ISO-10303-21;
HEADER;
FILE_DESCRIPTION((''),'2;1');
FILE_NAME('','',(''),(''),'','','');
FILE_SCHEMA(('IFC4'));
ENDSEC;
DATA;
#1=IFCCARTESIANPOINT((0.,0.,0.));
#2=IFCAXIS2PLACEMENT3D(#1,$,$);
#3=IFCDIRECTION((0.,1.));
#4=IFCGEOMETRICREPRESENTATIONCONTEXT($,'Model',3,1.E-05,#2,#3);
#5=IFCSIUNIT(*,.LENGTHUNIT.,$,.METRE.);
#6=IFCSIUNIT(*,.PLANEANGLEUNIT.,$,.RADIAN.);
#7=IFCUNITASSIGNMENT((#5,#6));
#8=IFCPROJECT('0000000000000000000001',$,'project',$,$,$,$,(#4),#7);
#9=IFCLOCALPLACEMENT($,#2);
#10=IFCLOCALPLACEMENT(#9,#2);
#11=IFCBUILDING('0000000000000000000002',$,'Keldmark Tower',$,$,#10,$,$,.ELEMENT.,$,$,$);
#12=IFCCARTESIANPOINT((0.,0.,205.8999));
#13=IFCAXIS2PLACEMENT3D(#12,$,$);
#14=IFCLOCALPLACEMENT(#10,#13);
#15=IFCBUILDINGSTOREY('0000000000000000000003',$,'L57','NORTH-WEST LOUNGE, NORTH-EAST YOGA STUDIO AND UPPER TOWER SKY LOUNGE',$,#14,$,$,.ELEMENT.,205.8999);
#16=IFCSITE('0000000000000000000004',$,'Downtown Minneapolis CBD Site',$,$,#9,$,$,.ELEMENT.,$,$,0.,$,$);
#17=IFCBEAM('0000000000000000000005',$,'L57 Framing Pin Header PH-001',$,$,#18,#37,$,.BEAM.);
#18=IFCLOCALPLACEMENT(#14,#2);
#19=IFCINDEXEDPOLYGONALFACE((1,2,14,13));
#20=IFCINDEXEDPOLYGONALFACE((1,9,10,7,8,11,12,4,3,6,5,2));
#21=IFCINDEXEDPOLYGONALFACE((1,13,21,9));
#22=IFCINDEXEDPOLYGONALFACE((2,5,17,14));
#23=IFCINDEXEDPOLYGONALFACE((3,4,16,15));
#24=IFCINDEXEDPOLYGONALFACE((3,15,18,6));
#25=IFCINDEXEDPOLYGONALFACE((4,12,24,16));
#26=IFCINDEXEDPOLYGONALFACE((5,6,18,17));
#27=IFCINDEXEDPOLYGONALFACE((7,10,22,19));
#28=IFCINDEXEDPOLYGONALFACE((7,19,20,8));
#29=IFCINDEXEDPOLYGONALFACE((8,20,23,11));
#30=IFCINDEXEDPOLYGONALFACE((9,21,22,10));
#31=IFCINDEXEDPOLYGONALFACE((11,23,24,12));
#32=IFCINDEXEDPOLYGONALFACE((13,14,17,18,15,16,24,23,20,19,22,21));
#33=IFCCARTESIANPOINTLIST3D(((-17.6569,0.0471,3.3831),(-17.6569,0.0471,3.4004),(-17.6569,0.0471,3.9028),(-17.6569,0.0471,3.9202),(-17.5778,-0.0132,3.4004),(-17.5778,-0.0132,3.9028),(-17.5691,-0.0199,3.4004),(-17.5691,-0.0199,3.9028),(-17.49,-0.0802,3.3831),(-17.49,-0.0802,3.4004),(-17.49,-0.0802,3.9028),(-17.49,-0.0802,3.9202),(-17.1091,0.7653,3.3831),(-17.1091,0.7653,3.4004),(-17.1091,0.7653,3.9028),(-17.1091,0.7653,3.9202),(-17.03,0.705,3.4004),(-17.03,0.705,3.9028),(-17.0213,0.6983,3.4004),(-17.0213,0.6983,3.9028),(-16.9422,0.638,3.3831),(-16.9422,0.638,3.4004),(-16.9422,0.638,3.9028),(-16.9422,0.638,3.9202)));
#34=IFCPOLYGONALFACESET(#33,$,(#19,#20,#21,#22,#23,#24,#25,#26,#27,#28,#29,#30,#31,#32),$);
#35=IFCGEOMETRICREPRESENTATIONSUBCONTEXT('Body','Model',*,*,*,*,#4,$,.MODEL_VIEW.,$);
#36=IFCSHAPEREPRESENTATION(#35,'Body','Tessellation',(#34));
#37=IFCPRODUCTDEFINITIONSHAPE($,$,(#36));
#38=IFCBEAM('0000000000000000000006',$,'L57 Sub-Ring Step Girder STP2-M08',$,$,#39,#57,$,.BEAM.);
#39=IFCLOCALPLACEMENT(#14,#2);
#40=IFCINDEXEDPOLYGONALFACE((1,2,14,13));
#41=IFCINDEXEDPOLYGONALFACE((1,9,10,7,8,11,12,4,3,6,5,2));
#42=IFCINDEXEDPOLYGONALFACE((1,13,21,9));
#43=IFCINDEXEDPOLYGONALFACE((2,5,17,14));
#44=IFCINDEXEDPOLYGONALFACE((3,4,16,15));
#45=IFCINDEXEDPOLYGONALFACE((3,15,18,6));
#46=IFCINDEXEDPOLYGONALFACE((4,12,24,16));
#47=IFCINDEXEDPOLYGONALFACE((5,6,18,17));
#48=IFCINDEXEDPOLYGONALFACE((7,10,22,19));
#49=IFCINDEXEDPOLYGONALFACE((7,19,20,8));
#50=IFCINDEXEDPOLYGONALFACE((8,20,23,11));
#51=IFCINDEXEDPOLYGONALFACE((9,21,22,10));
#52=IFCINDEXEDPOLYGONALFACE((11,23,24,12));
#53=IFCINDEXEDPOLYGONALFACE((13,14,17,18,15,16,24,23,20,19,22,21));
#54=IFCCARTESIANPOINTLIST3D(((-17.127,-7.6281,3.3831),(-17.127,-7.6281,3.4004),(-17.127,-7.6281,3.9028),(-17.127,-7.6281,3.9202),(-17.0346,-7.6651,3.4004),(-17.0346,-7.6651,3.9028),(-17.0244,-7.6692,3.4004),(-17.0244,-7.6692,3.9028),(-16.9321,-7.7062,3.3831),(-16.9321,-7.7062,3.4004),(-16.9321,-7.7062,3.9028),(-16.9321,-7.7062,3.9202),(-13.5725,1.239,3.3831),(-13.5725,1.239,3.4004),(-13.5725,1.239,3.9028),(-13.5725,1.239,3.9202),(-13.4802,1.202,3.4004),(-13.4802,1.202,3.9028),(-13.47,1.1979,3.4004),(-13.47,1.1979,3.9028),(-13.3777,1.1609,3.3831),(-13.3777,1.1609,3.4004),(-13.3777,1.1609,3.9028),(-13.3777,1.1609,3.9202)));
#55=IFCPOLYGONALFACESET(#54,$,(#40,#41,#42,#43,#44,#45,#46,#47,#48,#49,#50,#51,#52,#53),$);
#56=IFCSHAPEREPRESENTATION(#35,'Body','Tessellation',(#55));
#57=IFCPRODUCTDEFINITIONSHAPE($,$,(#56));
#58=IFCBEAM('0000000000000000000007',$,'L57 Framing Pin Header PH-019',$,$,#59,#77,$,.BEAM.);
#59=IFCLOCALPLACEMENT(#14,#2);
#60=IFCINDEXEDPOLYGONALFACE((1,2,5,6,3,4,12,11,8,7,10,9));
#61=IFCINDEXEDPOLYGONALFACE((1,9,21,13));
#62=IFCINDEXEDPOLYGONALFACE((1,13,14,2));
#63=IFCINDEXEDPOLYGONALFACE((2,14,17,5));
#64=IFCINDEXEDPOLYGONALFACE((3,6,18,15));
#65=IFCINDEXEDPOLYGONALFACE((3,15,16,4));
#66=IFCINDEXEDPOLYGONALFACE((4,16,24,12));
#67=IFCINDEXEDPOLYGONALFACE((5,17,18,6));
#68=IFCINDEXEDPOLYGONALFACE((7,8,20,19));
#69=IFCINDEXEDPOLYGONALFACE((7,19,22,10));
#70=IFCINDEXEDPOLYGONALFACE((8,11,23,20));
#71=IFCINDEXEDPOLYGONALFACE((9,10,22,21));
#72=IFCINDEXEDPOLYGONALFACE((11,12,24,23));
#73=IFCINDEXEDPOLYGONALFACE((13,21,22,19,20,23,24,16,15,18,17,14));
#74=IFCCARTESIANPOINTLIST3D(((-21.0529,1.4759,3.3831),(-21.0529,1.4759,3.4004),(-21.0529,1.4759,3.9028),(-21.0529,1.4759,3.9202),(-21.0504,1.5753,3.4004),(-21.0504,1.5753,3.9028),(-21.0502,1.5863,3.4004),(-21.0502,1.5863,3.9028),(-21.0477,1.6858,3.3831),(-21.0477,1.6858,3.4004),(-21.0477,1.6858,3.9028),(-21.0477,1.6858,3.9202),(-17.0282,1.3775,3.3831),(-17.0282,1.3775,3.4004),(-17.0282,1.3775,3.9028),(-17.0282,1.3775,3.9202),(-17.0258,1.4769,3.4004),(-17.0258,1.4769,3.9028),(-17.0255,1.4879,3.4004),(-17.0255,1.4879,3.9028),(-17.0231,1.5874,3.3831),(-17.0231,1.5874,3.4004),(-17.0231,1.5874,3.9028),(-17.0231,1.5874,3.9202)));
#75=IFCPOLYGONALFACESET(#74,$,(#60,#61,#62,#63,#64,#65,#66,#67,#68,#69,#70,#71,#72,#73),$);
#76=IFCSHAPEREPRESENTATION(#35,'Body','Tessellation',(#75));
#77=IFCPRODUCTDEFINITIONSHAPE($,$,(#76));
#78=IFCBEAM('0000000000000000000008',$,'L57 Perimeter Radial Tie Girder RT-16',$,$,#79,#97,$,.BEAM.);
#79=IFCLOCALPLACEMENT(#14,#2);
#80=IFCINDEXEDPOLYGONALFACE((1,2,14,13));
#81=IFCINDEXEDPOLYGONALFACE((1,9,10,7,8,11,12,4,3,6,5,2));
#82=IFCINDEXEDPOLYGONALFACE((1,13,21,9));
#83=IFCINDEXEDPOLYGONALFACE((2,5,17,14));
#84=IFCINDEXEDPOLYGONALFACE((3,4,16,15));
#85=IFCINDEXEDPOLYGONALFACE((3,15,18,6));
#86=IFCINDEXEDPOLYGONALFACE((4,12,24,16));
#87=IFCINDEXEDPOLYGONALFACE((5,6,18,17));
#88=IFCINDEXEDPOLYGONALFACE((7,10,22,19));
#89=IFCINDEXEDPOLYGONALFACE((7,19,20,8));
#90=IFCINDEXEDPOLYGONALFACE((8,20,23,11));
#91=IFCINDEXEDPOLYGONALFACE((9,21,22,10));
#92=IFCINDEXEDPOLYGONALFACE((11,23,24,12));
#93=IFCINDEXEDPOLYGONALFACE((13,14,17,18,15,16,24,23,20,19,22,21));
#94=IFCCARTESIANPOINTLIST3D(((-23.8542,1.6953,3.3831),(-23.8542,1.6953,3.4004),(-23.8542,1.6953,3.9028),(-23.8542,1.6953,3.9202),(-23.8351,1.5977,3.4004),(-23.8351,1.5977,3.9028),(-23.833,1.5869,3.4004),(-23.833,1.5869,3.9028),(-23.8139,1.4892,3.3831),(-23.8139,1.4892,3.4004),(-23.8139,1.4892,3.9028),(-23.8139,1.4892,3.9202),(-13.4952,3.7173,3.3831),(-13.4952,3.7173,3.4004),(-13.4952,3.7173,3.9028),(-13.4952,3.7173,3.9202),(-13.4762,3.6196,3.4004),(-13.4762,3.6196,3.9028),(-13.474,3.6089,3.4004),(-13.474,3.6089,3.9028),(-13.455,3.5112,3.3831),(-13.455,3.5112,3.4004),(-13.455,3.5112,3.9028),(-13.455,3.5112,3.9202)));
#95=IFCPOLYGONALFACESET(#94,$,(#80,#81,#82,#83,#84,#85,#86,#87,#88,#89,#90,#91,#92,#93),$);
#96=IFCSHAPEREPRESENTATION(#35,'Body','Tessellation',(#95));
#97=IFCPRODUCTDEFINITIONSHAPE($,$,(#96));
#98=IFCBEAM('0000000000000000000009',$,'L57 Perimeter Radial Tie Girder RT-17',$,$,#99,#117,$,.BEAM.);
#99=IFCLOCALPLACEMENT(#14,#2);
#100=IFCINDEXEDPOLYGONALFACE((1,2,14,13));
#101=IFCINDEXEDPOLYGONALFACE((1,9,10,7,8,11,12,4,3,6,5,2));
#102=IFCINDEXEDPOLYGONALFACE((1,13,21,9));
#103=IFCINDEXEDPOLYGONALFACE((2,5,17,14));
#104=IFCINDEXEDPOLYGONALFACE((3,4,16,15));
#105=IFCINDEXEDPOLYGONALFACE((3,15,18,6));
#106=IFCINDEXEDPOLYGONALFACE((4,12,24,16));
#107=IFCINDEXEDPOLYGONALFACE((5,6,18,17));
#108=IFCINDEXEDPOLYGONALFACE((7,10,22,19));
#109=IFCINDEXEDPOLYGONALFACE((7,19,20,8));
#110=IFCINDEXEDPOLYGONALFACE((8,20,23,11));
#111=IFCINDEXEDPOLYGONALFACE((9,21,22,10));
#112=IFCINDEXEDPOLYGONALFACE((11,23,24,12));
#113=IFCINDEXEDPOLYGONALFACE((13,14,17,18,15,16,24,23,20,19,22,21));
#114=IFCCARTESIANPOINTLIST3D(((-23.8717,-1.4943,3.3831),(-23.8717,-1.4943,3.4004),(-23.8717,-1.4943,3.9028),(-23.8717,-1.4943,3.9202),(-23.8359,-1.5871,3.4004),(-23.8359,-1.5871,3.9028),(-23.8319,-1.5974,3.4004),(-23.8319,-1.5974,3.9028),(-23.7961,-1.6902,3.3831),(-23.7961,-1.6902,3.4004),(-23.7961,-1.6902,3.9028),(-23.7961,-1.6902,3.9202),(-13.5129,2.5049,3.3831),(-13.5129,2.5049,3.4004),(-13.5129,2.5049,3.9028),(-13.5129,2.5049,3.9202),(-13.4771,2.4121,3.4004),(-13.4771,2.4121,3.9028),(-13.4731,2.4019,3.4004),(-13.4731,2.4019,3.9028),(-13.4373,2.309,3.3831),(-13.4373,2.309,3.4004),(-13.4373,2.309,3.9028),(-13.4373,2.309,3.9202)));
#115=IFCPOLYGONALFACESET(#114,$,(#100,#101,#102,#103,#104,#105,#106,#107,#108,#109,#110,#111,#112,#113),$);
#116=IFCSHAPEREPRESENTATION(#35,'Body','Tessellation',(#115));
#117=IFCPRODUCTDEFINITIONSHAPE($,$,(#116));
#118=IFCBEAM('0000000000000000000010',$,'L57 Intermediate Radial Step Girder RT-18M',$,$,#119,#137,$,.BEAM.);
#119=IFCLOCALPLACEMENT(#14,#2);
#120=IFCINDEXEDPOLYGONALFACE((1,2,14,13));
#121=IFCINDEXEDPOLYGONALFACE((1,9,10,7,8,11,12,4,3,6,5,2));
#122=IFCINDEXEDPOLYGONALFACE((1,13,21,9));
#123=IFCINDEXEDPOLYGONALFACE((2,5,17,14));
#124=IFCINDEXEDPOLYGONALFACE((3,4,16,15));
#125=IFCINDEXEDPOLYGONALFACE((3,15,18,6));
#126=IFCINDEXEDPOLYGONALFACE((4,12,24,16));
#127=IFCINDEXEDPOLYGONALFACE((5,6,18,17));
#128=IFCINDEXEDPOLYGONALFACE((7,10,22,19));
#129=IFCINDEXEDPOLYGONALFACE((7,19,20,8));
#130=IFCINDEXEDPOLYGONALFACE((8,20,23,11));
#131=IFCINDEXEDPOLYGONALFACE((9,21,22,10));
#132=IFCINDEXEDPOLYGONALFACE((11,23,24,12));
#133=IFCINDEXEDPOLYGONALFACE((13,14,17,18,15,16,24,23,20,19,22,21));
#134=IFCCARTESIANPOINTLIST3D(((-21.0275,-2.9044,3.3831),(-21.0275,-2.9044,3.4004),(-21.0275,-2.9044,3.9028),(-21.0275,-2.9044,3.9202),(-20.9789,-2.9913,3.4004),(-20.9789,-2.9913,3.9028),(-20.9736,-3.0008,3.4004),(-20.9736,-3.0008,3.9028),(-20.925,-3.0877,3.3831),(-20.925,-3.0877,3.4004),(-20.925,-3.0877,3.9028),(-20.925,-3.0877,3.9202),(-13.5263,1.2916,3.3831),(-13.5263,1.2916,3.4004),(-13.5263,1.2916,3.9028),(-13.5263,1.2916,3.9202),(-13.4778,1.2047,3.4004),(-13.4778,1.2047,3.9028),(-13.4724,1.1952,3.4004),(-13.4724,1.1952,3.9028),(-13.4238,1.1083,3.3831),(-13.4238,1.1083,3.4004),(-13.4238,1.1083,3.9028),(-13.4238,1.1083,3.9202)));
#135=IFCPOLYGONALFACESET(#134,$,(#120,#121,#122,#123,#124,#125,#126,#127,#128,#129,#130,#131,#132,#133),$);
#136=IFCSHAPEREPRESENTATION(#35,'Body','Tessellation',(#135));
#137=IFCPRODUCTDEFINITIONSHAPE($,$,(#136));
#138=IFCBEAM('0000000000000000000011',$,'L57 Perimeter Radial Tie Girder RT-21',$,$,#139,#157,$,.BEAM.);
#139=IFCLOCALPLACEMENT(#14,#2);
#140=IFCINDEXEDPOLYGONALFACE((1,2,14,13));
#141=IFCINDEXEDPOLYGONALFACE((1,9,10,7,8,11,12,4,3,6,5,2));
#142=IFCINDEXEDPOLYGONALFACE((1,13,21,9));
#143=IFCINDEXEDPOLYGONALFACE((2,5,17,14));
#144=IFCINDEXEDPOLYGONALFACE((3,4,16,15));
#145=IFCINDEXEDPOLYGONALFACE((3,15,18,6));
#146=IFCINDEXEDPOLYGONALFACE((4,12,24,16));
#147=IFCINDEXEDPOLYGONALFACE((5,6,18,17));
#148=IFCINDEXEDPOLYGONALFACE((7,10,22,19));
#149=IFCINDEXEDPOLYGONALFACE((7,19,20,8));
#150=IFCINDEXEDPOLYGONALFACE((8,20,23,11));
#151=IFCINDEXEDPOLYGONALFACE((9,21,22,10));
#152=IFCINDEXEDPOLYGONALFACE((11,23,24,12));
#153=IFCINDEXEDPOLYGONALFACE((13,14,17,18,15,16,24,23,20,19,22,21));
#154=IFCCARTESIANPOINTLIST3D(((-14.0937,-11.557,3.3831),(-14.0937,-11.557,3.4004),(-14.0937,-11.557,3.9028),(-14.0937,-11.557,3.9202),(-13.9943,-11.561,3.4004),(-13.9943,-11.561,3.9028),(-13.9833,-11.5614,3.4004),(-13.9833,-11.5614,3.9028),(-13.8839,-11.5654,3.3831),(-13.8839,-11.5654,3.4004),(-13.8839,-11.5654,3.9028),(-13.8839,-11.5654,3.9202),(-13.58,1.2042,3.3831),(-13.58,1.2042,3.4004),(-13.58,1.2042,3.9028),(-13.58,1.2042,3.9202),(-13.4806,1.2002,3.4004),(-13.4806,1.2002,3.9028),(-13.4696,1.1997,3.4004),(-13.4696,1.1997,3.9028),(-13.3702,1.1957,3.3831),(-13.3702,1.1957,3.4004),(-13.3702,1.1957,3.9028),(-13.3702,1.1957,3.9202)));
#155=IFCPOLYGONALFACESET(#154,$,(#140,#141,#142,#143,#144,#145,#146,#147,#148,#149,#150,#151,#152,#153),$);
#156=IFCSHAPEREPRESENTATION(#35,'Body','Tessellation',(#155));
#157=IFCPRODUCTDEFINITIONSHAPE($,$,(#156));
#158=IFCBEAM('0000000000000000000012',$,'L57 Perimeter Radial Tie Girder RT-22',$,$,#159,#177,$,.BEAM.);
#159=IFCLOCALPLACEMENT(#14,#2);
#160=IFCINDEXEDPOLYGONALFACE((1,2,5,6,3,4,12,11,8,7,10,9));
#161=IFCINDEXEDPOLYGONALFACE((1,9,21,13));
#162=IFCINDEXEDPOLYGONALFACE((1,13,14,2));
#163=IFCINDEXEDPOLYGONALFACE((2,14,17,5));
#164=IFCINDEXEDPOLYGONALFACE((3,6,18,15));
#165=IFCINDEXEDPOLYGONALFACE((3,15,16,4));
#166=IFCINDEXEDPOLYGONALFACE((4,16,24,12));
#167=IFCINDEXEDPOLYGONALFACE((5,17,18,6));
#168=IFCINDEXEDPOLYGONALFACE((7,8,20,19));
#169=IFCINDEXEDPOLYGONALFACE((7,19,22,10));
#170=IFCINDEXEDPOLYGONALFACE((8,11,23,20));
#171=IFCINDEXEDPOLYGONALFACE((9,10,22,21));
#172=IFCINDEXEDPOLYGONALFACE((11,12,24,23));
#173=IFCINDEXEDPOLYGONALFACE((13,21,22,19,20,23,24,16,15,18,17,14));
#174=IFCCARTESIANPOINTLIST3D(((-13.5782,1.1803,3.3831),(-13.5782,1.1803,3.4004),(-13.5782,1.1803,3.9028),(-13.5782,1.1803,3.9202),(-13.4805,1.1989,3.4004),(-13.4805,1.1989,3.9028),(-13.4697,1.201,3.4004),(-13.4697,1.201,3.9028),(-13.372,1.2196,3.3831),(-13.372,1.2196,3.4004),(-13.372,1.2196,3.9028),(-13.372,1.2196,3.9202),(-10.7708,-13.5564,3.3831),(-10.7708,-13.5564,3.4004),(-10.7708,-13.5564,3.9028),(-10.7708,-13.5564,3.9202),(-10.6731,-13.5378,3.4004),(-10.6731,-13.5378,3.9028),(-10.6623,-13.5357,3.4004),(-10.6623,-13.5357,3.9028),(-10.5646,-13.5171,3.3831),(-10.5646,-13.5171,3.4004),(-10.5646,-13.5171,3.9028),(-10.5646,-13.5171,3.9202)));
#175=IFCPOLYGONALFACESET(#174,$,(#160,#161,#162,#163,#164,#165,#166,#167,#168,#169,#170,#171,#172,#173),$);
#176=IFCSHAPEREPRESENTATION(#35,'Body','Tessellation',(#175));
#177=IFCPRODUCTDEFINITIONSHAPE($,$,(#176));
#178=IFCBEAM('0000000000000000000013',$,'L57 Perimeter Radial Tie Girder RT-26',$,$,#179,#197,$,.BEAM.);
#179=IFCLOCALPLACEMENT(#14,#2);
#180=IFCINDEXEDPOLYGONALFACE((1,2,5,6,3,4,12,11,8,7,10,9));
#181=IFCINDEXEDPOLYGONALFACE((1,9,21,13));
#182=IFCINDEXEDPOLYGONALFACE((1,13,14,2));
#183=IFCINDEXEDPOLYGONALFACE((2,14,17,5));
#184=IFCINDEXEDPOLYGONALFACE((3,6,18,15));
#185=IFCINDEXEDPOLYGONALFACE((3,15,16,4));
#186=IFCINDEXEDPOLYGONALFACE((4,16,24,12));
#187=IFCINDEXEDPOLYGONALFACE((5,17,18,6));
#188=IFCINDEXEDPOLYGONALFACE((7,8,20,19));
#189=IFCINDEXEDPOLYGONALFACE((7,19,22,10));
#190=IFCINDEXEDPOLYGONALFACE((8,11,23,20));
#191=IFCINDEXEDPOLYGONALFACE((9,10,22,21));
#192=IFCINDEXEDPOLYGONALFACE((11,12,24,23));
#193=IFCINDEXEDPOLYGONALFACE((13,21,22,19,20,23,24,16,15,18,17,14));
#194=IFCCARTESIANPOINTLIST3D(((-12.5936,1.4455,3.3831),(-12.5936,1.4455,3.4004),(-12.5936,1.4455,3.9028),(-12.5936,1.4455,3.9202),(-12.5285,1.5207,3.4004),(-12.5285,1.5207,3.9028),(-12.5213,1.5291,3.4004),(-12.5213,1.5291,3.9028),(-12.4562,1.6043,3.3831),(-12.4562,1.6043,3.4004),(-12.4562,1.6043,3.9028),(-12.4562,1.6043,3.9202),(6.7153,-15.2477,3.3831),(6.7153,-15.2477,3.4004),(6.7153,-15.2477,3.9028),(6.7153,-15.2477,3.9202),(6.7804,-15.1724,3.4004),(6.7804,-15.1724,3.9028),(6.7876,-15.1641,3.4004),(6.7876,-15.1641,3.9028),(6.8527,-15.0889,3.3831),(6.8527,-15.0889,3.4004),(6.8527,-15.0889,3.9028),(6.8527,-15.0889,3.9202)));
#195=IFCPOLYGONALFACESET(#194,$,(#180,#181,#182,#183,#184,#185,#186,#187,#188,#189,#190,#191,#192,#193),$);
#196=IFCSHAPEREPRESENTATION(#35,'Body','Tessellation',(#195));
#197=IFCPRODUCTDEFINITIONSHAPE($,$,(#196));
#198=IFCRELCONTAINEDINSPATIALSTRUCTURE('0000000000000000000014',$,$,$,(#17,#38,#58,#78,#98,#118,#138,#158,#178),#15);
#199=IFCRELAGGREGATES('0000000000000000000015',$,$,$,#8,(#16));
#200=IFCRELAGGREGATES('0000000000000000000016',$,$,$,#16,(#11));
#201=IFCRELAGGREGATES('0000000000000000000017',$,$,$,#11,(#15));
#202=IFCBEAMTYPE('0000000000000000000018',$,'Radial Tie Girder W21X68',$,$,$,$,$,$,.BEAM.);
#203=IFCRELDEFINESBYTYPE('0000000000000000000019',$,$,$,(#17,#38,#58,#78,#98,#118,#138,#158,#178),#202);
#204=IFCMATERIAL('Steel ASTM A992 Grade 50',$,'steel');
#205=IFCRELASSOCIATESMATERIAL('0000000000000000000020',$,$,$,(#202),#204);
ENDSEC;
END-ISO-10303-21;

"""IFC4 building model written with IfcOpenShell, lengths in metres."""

from ifc_helpers import new_model, si_unit, direction, frame, origin, origin_2d, place, context, subcontext, project, spatial, i_section, extrude, material, material_profile, profile_set, type_object, element, save


model = new_model("IFC4")

# Units and contexts
model_context = context("Model", 3, precision=1e-05, world=origin(), true_north=direction((0.0, 1.0)))
body_context = subcontext(model_context, "Body", "Model", "MODEL_VIEW")
ifc_project = project(units=[si_unit("LENGTHUNIT", "METRE"), si_unit("PLANEANGLEUNIT", "RADIAN")], contexts=[model_context])

# Site, building, storey
site_placement = place(None, origin())
site = spatial("IfcSite", under=ifc_project, at=site_placement, Name="Downtown Minneapolis CBD Site", CompositionType="ELEMENT", RefElevation=0.0)
building_placement = place(site_placement, origin())
building = spatial("IfcBuilding", under=site, at=building_placement, Name="Keldmark Tower", CompositionType="ELEMENT")
storey_placement = place(building_placement, frame((0.0, 0.0, 205.8999)))
storey = spatial("IfcBuildingStorey", under=building, at=storey_placement, Name="L57", Description="NORTH-WEST LOUNGE, NORTH-EAST YOGA STUDIO AND UPPER TOWER SKY LOUNGE", CompositionType="ELEMENT", Elevation=205.8999)

# Beams
ifc_material_1 = material(Name="Steel ASTM A992 Grade 50", Category="steel")
ifc_material_profile_1 = material_profile(ifc_material_1, i_section(OverallWidth=0.21, OverallDepth=0.5371, WebThickness=0.011, FlangeThickness=0.0173, at=origin_2d()), Name="W21X68")
ifc_profile_set_1 = profile_set([ifc_material_profile_1], Name="Steel ASTM A992 Grade 50")
beam_type_1 = type_object("IfcBeamType", Name="Radial Tie Girder W21X68", PredefinedType="BEAM", material=ifc_profile_set_1)
beam_1_placement = place(storey_placement, frame((-17.0256, 0.7017, 3.6516), z_axis=(-0.606467, -0.795109, 0.0), x_axis=(0.795109, -0.606467, 0.0)))
element("IfcBeam", 1, at=beam_1_placement, inside=storey, type_object=beam_type_1, Name="L57 Framing Pin Header PH-001", PredefinedType="BEAM", context=body_context, shape_type="SweptSolid", body=[
    extrude(i_section(OverallWidth=0.21, OverallDepth=0.5371, WebThickness=0.011, FlangeThickness=0.0173, at=origin_2d()), origin(), (0.0, 0.0, 1.0), 0.9033),
])
beam_2_placement = place(storey_placement, frame((-13.4751, 1.2, 3.6516), z_axis=(-0.372074, -0.928203, 0.0), x_axis=(0.928203, -0.372074, 0.0)))
element("IfcBeam", 2, at=beam_2_placement, inside=storey, type_object=beam_type_1, Name="L57 Sub-Ring Step Girder STP2-M08", PredefinedType="BEAM", context=body_context, shape_type="SweptSolid", body=[
    extrude(i_section(OverallWidth=0.21, OverallDepth=0.5371, WebThickness=0.011, FlangeThickness=0.0173, at=origin_2d()), origin(), (0.0, 0.0, 1.0), 9.553),
])
beam_3_placement = place(storey_placement, frame((-17.0256, 1.4824, 3.6516), z_axis=(-0.999701, 0.024439, 0.0), x_axis=(-0.024439, -0.999701, 0.0)))
element("IfcBeam", 3, at=beam_3_placement, inside=storey, type_object=beam_type_1, Name="L57 Framing Pin Header PH-019", PredefinedType="BEAM", context=body_context, shape_type="SweptSolid", body=[
    extrude(i_section(OverallWidth=0.21, OverallDepth=0.5371, WebThickness=0.011, FlangeThickness=0.0173, at=origin_2d()), origin(), (0.0, 0.0, 1.0), 4.0259),
])
beam_4_placement = place(storey_placement, frame((-13.4751, 3.6143, 3.6516), z_axis=(-0.981478, -0.191577, 0.0), x_axis=(0.191577, -0.981478, 0.0)))
element("IfcBeam", 4, at=beam_4_placement, inside=storey, type_object=beam_type_1, Name="L57 Perimeter Radial Tie Girder RT-16", PredefinedType="BEAM", context=body_context, shape_type="SweptSolid", body=[
    extrude(i_section(OverallWidth=0.21, OverallDepth=0.5371, WebThickness=0.011, FlangeThickness=0.0173, at=origin_2d()), origin(), (0.0, 0.0, 1.0), 10.5544),
])
beam_5_placement = place(storey_placement, frame((-13.4751, 2.407, 3.6516), z_axis=(-0.93289, -0.360162, 0.0), x_axis=(0.360162, -0.93289, 0.0)))
element("IfcBeam", 5, at=beam_5_placement, inside=storey, type_object=beam_type_1, Name="L57 Perimeter Radial Tie Girder RT-17", PredefinedType="BEAM", context=body_context, shape_type="SweptSolid", body=[
    extrude(i_section(OverallWidth=0.21, OverallDepth=0.5371, WebThickness=0.011, FlangeThickness=0.0173, at=origin_2d()), origin(), (0.0, 0.0, 1.0), 11.104),
])
beam_6_placement = place(storey_placement, frame((-13.4751, 1.2, 3.6516), z_axis=(-0.872736, -0.488192, 0.0), x_axis=(0.488192, -0.872736, 0.0)))
element("IfcBeam", 6, at=beam_6_placement, inside=storey, type_object=beam_type_1, Name="L57 Intermediate Radial Step Girder RT-18M", PredefinedType="BEAM", context=body_context, shape_type="SweptSolid", body=[
    extrude(i_section(OverallWidth=0.21, OverallDepth=0.5371, WebThickness=0.011, FlangeThickness=0.0173, at=origin_2d()), origin(), (0.0, 0.0, 1.0), 8.595),
])
beam_7_placement = place(storey_placement, frame((-13.4751, 1.2, 3.6516), z_axis=(-0.04022, -0.999191, 0.0), x_axis=(0.999191, -0.04022, 0.0)))
element("IfcBeam", 7, at=beam_7_placement, inside=storey, type_object=beam_type_1, Name="L57 Perimeter Radial Tie Girder RT-21", PredefinedType="BEAM", context=body_context, shape_type="SweptSolid", body=[
    extrude(i_section(OverallWidth=0.21, OverallDepth=0.5371, WebThickness=0.011, FlangeThickness=0.0173, at=origin_2d()), origin(), (0.0, 0.0, 1.0), 12.7715),
])
beam_8_placement = place(storey_placement, frame((-13.4751, 1.2, 3.6516), z_axis=(0.187138, -0.982334, 0.0), x_axis=(0.982334, 0.187138, 0.0)))
element("IfcBeam", 8, at=beam_8_placement, inside=storey, type_object=beam_type_1, Name="L57 Perimeter Radial Tie Girder RT-22", PredefinedType="BEAM", context=body_context, shape_type="SweptSolid", body=[
    extrude(i_section(OverallWidth=0.21, OverallDepth=0.5371, WebThickness=0.011, FlangeThickness=0.0173, at=origin_2d()), origin(), (0.0, 0.0, 1.0), 15.0017),
])
beam_9_placement = place(storey_placement, frame((-12.5249, 1.5249, 3.6516), z_axis=(0.756488, -0.654008, 0.0), x_axis=(0.654008, 0.756488, 0.0)))
element("IfcBeam", 9, at=beam_9_placement, inside=storey, type_object=beam_type_1, Name="L57 Perimeter Radial Tie Girder RT-26", PredefinedType="BEAM", context=body_context, shape_type="SweptSolid", body=[
    extrude(i_section(OverallWidth=0.21, OverallDepth=0.5371, WebThickness=0.011, FlangeThickness=0.0173, at=origin_2d()), origin(), (0.0, 0.0, 1.0), 25.5244),
])

save(model, "model.ifc")
